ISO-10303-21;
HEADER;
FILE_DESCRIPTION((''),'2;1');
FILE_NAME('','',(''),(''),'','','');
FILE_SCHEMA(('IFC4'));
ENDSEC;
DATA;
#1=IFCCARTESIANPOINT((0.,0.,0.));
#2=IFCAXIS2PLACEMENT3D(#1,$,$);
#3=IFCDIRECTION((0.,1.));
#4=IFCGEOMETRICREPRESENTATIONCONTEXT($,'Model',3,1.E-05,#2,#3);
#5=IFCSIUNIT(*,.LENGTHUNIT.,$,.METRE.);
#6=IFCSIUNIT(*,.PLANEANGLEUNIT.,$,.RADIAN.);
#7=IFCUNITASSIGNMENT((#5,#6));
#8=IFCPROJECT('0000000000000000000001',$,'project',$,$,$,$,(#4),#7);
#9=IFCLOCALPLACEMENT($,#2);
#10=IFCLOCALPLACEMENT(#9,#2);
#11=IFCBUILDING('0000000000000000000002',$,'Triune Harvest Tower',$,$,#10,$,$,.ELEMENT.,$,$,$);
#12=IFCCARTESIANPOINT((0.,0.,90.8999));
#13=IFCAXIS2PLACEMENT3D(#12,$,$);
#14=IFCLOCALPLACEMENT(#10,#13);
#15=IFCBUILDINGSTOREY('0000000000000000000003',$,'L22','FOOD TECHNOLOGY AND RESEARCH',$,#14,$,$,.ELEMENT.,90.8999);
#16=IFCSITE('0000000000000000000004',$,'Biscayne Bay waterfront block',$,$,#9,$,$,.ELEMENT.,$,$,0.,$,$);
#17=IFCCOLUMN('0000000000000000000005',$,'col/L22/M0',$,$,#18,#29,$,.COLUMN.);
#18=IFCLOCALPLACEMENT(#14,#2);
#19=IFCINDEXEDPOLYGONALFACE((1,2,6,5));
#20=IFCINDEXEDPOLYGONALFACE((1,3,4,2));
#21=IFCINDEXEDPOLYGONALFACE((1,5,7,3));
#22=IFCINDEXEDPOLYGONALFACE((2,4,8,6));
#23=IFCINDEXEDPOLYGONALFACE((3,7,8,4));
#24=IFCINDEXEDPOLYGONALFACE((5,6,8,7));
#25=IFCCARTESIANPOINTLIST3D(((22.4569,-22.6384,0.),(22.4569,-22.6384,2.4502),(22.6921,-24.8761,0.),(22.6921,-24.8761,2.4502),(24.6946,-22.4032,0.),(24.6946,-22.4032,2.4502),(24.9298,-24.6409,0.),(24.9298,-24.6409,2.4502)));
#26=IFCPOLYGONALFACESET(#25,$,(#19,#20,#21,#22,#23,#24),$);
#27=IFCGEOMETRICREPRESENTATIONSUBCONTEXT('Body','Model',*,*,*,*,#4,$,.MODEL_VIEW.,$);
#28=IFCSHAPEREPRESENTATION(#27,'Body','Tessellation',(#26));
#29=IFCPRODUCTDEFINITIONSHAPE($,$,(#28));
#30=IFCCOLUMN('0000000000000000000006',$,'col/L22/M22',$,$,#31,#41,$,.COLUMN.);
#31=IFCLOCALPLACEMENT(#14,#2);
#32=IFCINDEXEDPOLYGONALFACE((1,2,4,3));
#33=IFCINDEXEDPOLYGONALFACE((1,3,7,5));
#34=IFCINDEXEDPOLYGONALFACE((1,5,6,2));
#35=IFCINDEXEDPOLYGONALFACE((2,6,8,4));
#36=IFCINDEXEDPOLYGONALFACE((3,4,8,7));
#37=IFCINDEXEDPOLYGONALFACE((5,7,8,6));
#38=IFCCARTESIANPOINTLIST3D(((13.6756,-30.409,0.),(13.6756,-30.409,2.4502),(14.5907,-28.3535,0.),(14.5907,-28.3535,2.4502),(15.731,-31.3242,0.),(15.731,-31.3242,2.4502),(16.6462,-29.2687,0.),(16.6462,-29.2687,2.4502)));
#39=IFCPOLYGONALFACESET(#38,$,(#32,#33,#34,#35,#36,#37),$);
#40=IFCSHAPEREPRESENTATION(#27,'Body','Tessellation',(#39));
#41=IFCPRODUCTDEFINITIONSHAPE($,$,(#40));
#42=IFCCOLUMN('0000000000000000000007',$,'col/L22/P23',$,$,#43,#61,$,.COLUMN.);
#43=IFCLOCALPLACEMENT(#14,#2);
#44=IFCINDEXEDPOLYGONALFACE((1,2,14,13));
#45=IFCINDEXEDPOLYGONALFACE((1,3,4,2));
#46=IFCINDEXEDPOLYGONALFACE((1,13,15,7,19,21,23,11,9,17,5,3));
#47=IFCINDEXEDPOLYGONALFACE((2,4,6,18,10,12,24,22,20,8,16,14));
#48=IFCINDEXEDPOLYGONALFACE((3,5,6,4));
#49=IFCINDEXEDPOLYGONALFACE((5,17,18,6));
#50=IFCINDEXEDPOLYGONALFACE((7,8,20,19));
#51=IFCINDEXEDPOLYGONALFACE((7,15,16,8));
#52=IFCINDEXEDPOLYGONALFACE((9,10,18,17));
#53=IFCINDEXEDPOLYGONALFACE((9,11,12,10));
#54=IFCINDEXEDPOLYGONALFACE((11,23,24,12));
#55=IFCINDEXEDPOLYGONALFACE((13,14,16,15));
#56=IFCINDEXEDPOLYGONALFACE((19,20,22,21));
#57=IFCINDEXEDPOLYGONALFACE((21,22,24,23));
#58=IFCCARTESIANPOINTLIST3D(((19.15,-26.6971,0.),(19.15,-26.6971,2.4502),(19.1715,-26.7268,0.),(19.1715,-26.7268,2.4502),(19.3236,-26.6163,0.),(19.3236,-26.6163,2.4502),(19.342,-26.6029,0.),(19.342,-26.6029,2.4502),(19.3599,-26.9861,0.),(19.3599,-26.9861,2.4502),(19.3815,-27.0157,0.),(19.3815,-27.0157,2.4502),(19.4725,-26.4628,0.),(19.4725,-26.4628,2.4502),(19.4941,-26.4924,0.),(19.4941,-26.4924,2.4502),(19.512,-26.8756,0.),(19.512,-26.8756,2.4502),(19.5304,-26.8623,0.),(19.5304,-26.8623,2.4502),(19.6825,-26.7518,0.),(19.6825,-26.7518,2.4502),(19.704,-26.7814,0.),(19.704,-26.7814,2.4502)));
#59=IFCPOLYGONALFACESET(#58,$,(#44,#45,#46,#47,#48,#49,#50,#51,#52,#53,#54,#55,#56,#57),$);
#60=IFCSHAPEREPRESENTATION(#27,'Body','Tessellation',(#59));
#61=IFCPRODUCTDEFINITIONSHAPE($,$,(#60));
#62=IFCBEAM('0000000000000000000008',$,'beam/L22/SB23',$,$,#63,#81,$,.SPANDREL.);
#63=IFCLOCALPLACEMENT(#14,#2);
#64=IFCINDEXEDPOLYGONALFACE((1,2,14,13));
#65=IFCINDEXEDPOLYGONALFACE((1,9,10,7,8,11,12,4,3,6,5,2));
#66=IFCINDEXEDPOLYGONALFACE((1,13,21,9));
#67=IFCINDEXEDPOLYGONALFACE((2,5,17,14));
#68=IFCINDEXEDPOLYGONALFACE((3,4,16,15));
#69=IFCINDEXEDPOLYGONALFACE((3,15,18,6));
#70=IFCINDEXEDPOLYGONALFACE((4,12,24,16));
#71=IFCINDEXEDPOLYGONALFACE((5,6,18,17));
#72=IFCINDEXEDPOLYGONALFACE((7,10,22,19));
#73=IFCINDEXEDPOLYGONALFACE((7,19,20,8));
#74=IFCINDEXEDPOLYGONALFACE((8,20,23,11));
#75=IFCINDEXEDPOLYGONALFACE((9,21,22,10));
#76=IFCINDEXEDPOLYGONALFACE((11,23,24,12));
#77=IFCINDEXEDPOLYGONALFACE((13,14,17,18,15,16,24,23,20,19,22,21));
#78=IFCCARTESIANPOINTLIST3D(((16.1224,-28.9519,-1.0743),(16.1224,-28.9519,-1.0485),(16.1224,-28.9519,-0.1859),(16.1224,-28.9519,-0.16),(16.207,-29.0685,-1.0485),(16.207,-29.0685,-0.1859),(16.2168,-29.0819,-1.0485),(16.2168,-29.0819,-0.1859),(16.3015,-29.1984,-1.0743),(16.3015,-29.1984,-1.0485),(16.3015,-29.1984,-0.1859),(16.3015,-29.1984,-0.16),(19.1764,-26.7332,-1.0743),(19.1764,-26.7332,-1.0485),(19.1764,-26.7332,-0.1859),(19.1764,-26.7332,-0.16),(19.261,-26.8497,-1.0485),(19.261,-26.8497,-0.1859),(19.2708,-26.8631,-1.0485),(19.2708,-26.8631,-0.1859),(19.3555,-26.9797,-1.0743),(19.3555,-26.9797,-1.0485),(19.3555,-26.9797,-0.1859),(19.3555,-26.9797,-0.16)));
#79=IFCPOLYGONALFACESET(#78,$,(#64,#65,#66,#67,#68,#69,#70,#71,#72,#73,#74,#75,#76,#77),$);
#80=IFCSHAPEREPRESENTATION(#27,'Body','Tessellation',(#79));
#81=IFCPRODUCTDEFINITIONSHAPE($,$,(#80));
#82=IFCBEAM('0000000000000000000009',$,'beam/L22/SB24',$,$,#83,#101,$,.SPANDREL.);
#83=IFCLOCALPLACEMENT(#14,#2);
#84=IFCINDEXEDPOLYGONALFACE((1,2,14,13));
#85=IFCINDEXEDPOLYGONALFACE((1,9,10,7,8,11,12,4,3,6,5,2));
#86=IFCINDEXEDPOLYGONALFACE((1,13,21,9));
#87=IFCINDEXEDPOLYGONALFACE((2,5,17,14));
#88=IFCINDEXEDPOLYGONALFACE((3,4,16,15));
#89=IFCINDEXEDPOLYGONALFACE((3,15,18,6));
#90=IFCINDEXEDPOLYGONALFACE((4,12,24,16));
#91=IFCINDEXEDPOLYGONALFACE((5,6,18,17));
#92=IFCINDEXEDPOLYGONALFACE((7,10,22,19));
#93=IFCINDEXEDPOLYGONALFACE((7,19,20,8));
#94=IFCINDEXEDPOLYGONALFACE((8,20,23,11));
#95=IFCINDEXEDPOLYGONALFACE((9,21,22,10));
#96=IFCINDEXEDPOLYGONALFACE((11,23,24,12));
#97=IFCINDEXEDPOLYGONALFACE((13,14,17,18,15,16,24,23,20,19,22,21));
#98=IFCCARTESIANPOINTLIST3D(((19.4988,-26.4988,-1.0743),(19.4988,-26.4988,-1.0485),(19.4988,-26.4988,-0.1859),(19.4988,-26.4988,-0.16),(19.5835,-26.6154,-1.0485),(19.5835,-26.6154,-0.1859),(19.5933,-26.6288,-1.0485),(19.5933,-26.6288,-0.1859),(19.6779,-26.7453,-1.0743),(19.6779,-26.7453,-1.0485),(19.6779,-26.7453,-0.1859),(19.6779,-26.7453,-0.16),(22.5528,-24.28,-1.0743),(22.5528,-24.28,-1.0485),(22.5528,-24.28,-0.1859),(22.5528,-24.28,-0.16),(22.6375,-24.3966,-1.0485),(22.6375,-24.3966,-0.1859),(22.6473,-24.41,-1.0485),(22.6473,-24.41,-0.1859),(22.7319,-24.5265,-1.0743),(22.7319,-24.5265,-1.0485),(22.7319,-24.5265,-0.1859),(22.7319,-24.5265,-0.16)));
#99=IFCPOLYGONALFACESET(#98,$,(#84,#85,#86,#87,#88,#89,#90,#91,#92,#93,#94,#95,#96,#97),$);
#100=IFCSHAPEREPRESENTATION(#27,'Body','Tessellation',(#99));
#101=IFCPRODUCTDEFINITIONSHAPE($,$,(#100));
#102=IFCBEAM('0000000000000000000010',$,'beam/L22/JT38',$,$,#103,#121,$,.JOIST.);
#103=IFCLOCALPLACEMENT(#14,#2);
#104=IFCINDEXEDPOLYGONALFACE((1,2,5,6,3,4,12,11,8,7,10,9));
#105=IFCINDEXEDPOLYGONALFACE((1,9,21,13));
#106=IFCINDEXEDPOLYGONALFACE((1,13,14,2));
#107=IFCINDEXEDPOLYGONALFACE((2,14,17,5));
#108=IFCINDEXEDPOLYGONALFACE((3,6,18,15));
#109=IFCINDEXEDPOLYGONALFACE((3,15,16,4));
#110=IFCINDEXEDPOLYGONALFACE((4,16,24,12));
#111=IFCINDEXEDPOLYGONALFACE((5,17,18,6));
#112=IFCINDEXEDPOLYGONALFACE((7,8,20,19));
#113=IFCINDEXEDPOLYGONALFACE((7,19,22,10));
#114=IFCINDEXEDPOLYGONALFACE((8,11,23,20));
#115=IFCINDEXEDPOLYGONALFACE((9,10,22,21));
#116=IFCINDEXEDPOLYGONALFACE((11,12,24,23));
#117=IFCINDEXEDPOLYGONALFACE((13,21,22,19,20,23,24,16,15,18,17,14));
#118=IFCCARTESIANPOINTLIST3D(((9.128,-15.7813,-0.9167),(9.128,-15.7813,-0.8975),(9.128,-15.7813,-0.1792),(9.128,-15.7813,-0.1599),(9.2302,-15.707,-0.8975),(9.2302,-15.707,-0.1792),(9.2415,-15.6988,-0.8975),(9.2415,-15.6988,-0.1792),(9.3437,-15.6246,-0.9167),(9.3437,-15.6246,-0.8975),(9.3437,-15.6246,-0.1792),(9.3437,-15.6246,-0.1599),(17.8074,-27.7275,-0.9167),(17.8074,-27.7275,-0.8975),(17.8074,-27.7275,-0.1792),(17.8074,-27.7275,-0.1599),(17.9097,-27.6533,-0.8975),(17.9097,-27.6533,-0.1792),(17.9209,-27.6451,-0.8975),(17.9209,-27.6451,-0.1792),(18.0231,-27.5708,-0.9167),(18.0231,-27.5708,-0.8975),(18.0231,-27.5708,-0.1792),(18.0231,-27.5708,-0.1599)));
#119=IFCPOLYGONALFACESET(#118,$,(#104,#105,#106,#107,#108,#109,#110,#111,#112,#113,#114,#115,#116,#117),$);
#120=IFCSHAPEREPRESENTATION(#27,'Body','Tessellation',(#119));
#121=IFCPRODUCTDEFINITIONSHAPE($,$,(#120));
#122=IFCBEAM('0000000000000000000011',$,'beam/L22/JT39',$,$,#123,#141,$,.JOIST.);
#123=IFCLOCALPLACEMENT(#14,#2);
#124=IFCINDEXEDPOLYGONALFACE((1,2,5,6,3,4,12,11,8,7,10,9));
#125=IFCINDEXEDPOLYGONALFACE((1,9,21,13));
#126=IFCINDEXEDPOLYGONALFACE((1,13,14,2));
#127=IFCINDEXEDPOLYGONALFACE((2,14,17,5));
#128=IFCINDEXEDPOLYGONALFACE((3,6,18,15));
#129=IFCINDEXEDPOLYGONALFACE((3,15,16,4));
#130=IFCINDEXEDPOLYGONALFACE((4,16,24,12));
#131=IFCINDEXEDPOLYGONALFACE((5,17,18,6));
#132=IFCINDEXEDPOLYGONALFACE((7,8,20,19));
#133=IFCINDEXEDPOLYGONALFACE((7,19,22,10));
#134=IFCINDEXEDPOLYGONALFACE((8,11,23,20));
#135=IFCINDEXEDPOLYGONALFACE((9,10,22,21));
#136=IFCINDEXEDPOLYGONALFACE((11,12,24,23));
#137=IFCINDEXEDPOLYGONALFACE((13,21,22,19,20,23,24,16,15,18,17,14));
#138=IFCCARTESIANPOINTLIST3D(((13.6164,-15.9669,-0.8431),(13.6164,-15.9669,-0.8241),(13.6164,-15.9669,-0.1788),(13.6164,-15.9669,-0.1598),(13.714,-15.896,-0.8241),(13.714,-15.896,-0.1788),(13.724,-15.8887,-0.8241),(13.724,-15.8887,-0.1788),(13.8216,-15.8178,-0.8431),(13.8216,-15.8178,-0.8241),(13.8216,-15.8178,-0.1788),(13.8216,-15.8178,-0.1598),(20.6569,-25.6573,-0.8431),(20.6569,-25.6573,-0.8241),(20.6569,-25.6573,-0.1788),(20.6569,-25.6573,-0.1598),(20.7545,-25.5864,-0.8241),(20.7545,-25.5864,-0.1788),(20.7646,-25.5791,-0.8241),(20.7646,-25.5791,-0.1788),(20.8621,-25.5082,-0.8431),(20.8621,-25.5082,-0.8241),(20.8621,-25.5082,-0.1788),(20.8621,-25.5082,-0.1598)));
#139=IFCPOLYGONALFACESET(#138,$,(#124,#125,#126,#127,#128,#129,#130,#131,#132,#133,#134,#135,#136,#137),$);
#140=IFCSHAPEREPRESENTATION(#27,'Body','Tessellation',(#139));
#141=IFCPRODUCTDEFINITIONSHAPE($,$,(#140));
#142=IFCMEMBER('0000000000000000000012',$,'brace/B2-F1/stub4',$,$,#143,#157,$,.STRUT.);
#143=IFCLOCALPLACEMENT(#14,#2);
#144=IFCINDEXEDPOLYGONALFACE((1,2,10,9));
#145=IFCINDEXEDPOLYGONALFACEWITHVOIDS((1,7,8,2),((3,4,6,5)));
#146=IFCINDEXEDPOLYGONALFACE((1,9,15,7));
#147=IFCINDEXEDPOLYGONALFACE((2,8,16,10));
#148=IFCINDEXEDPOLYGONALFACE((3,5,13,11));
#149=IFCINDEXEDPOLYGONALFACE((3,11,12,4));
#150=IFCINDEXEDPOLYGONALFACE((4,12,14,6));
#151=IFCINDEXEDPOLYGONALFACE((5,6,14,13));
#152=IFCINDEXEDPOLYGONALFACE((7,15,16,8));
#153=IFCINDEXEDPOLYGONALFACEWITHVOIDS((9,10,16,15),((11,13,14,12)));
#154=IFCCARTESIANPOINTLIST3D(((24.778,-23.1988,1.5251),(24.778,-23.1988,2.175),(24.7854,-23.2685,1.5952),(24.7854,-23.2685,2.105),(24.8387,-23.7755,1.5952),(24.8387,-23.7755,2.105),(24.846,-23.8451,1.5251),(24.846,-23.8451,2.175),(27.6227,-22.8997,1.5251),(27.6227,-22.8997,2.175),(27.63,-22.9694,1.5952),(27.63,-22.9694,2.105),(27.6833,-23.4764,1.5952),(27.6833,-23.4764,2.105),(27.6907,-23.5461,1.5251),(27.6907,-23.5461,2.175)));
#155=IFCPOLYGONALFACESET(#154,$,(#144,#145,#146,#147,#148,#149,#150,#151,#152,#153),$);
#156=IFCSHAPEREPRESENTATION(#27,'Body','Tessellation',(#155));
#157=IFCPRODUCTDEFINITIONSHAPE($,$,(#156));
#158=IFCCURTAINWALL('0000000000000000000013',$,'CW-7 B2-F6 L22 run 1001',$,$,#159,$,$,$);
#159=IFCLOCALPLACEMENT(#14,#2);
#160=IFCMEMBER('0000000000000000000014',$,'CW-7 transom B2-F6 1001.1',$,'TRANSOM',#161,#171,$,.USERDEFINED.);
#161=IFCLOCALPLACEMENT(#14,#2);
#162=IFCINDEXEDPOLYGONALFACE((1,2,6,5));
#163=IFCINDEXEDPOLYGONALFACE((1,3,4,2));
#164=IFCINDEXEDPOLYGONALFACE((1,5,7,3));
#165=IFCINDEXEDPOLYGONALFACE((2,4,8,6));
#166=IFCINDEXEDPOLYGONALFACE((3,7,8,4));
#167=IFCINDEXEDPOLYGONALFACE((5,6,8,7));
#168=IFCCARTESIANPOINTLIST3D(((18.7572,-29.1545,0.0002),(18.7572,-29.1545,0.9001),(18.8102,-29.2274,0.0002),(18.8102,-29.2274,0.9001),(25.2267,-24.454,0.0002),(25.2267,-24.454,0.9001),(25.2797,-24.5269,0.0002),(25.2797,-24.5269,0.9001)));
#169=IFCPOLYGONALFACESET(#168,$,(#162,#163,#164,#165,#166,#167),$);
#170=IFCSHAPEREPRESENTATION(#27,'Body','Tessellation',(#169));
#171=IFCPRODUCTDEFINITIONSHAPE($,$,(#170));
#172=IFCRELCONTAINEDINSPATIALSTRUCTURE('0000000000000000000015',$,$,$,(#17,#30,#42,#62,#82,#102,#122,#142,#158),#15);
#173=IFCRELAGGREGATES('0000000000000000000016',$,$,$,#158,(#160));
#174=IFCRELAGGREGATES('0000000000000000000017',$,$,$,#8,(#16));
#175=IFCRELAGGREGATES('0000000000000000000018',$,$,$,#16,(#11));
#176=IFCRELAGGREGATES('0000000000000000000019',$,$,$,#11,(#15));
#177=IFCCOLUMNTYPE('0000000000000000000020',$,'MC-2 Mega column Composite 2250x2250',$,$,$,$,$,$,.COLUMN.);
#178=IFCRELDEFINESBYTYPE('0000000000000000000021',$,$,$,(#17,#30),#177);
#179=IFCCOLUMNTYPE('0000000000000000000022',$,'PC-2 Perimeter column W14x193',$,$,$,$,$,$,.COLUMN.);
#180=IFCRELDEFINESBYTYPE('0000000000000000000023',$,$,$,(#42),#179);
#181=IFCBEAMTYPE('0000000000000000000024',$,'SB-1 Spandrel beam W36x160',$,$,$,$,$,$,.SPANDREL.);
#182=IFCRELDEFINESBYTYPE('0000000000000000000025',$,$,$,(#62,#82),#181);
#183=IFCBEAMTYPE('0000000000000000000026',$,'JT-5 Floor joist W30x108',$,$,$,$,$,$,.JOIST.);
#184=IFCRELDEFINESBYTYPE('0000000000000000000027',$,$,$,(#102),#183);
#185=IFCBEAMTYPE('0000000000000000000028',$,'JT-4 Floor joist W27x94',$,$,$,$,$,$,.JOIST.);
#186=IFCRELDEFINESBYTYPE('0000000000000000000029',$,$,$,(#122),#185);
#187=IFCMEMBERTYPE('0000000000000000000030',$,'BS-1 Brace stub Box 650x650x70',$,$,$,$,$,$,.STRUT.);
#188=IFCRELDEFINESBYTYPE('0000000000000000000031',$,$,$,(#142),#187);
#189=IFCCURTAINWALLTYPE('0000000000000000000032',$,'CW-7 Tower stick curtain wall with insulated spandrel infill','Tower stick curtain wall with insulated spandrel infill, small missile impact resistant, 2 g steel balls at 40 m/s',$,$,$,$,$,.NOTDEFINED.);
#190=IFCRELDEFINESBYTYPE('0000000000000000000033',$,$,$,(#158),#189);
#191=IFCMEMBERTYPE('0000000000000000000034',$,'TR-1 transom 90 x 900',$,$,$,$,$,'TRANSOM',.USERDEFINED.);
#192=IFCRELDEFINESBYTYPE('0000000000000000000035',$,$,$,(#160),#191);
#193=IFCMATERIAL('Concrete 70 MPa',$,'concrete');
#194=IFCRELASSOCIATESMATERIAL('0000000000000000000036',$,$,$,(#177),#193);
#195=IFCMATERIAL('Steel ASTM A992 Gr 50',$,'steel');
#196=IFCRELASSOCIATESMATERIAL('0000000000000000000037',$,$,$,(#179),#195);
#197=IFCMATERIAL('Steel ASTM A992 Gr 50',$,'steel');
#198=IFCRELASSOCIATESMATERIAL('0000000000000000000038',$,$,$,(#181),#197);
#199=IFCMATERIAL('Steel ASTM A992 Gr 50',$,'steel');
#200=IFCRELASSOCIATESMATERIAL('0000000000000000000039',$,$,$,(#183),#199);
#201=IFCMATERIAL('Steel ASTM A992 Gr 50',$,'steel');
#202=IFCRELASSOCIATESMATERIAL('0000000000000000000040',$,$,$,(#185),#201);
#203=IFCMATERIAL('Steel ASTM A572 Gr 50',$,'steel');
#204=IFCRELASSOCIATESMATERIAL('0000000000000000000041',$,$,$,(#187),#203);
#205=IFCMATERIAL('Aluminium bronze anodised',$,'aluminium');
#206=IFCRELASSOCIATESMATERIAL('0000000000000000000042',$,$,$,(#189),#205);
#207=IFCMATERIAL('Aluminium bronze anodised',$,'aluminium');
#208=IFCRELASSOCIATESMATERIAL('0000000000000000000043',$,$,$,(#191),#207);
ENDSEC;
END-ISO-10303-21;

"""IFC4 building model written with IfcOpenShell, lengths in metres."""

from ifc_helpers import new_model, si_unit, direction, frame, origin, origin_2d, place, context, subcontext, project, spatial, rectangle, hollow_rectangle, i_section, extrude, source, transform, mapped, material, material_profile, profile_set, type_object, element, aggregate, save


model = new_model("IFC4")

# Units and contexts
model_context = context("Model", 3, precision=1e-05, world=origin(), true_north=direction((0.0, 1.0)))
body_context = subcontext(model_context, "Body", "Model", "MODEL_VIEW")
ifc_project = project(units=[si_unit("LENGTHUNIT", "METRE"), si_unit("PLANEANGLEUNIT", "RADIAN")], contexts=[model_context])

# Site, building, storey
site_placement = place(None, origin())
site = spatial("IfcSite", under=ifc_project, at=site_placement, Name="Biscayne Bay waterfront block", CompositionType="ELEMENT", RefElevation=0.0)
building_placement = place(site_placement, origin())
building = spatial("IfcBuilding", under=site, at=building_placement, Name="Triune Harvest Tower", CompositionType="ELEMENT")
storey_placement = place(building_placement, frame((0.0, 0.0, 90.8999)))
storey = spatial("IfcBuildingStorey", under=building, at=storey_placement, Name="L22", Description="FOOD TECHNOLOGY AND RESEARCH", CompositionType="ELEMENT", Elevation=90.8999)

# Columns
ifc_material_1 = material(Name="Concrete 70 MPa", Category="concrete")
ifc_material_profile_1 = material_profile(ifc_material_1, rectangle(XDim=2.25, YDim=2.25, at=origin_2d()), Name="Composite 2250x2250")
ifc_profile_set_1 = profile_set([ifc_material_profile_1], Name="Concrete 70 MPa")
column_type_1 = type_object("IfcColumnType", Name="MC-2 Mega column Composite 2250x2250", PredefinedType="COLUMN", material=ifc_profile_set_1)
shared_shape_1 = source(origin(), body_context, "Body", "SweptSolid", [
    extrude(rectangle(XDim=2.25, YDim=2.25, at=origin_2d()), origin(), (0.0, 0.0, 1.0), 2.4502),
])
for number, where, z_axis, x_axis, name in (
    (1, (23.6934, -23.6396, 0.0), (0.0, 0.0, 1.0), (-0.104527, 0.994522, 0.0), "col/L22/M0"),
    (2, (15.1609, -29.8389, 0.0), (0.0, 0.0, 1.0), (0.913545, -0.406737, 0.0), "col/L22/M22"),
):
    element("IfcColumn", number, at=place(storey_placement, frame(where, z_axis=z_axis, x_axis=x_axis)), inside=storey, type_object=column_type_1, Name=name, PredefinedType="COLUMN", context=body_context, shape_type="MappedRepresentation", body=[
        mapped(shared_shape_1, transform((0.0, 0.0, 0.0), scale=1.0)),
    ])
ifc_material_2 = material(Name="Steel ASTM A992 Gr 50", Category="steel")
ifc_material_profile_2 = material_profile(ifc_material_2, i_section(OverallWidth=0.3987, OverallDepth=0.3938, WebThickness=0.0227, FlangeThickness=0.0366, at=origin_2d()), Name="W14x193")
ifc_profile_set_2 = profile_set([ifc_material_profile_2], Name="Steel ASTM A992 Gr 50")
column_type_2 = type_object("IfcColumnType", Name="PC-2 Perimeter column W14x193", PredefinedType="COLUMN", material=ifc_profile_set_2)
shared_shape_2 = source(origin(), body_context, "Body", "SweptSolid", [
    extrude(i_section(OverallWidth=0.3987, OverallDepth=0.3938, WebThickness=0.0227, FlangeThickness=0.0366, at=origin_2d()), origin(), (0.0, 0.0, 1.0), 2.4502),
])
column_placement = place(storey_placement, frame((19.427, -26.7393, 0.0), z_axis=(0.0, 0.0, 1.0), x_axis=(0.809015, 0.587788, 0.0)))
element("IfcColumn", 3, at=column_placement, inside=storey, type_object=column_type_2, Name="col/L22/P23", PredefinedType="COLUMN", context=body_context, shape_type="MappedRepresentation", body=[
    mapped(shared_shape_2, transform((0.0, 0.0, 0.0), scale=1.0)),
])

# Beams
ifc_material_3 = material(Name="Steel ASTM A992 Gr 50", Category="steel")
ifc_material_profile_3 = material_profile(ifc_material_3, i_section(OverallWidth=0.3047, OverallDepth=0.9143, WebThickness=0.0166, FlangeThickness=0.0259, at=origin_2d()), Name="W36x160")
ifc_profile_set_3 = profile_set([ifc_material_profile_3], Name="Steel ASTM A992 Gr 50")
beam_type_1 = type_object("IfcBeamType", Name="SB-1 Spandrel beam W36x160", PredefinedType="SPANDREL", material=ifc_profile_set_3)
shared_shape_3 = source(origin(), body_context, "Body", "SweptSolid", [
    extrude(i_section(OverallWidth=0.3047, OverallDepth=0.9143, WebThickness=0.0166, FlangeThickness=0.0259, at=origin_2d()), origin(), (0.0, 0.0, 1.0), 3.7749),
])
for number, where, z_axis, x_axis, name in (
    (4, (16.2119, -29.0752, -0.6172), (0.809027, 0.587772, 0.0), (-0.587772, 0.809027, 0.0), "beam/L22/SB23"),
    (5, (19.5884, -26.6221, -0.6172), (0.809027, 0.587772, 0.0), (-0.587772, 0.809027, 0.0), "beam/L22/SB24"),
):
    element("IfcBeam", number, at=place(storey_placement, frame(where, z_axis=z_axis, x_axis=x_axis)), inside=storey, type_object=beam_type_1, Name=name, PredefinedType="SPANDREL", context=body_context, shape_type="MappedRepresentation", body=[
        mapped(shared_shape_3, transform((0.0, 0.0, 0.0), scale=1.0)),
    ])
ifc_material_4 = material(Name="Steel ASTM A992 Gr 50", Category="steel")
ifc_material_profile_4 = material_profile(ifc_material_4, i_section(OverallWidth=0.2666, OverallDepth=0.7568, WebThickness=0.0139, FlangeThickness=0.0193, at=origin_2d()), Name="W30x108")
ifc_profile_set_4 = profile_set([ifc_material_profile_4], Name="Steel ASTM A992 Gr 50")
beam_type_2 = type_object("IfcBeamType", Name="JT-5 Floor joist W30x108", PredefinedType="JOIST", material=ifc_profile_set_4)
shared_shape_4 = source(origin(), body_context, "Body", "SweptSolid", [
    extrude(i_section(OverallWidth=0.2666, OverallDepth=0.7568, WebThickness=0.0139, FlangeThickness=0.0193, at=origin_2d()), origin(), (0.0, 0.0, 1.0), 14.7664),
])
beam_1_placement = place(storey_placement, frame((17.9153, -27.6492, -0.5383), z_axis=(-0.587783, 0.809018, 0.0), x_axis=(-0.809018, -0.587783, 0.0)))
element("IfcBeam", 6, at=beam_1_placement, inside=storey, type_object=beam_type_2, Name="beam/L22/JT38", PredefinedType="JOIST", context=body_context, shape_type="MappedRepresentation", body=[
    mapped(shared_shape_4, transform((0.0, 0.0, 0.0), scale=1.0)),
])
ifc_material_5 = material(Name="Steel ASTM A992 Gr 50", Category="steel")
ifc_material_profile_5 = material_profile(ifc_material_5, i_section(OverallWidth=0.2537, OverallDepth=0.6833, WebThickness=0.0125, FlangeThickness=0.019, at=origin_2d()), Name="W27x94")
ifc_profile_set_5 = profile_set([ifc_material_profile_5], Name="Steel ASTM A992 Gr 50")
beam_type_3 = type_object("IfcBeamType", Name="JT-4 Floor joist W27x94", PredefinedType="JOIST", material=ifc_profile_set_5)
shared_shape_5 = source(origin(), body_context, "Body", "SweptSolid", [
    extrude(i_section(OverallWidth=0.2537, OverallDepth=0.6833, WebThickness=0.0125, FlangeThickness=0.019, at=origin_2d()), origin(), (0.0, 0.0, 1.0), 11.978),
])
beam_2_placement = place(storey_placement, frame((20.7595, -25.5828, -0.5015), z_axis=(-0.587786, 0.809016, 0.0), x_axis=(-0.809016, -0.587786, 0.0)))
element("IfcBeam", 7, at=beam_2_placement, inside=storey, type_object=beam_type_3, Name="beam/L22/JT39", PredefinedType="JOIST", context=body_context, shape_type="MappedRepresentation", body=[
    mapped(shared_shape_5, transform((0.0, 0.0, 0.0), scale=1.0)),
])

# Member
ifc_material_6 = material(Name="Steel ASTM A572 Gr 50", Category="steel")
ifc_material_profile_6 = material_profile(ifc_material_6, hollow_rectangle(XDim=0.6499, YDim=0.6499, WallThickness=0.0701, at=origin_2d()), Name="Box 650x650x70")
ifc_profile_set_6 = profile_set([ifc_material_profile_6], Name="Steel ASTM A572 Gr 50")
member_type_1 = type_object("IfcMemberType", Name="BS-1 Brace stub Box 650x650x70", PredefinedType="STRUT", material=ifc_profile_set_6)
shared_shape_6 = source(origin(), body_context, "Body", "SweptSolid", [
    extrude(hollow_rectangle(XDim=0.6499, YDim=0.6499, WallThickness=0.0701, at=origin_2d()), origin(), (0.0, 0.0, 1.0), 2.8604),
])
member_1_placement = place(storey_placement, frame((24.812, -23.522, 1.8501), z_axis=(0.994519, 0.104556, 0.0), x_axis=(-0.104556, 0.994519, 0.0)))
element("IfcMember", 8, at=member_1_placement, inside=storey, type_object=member_type_1, Name="brace/B2-F1/stub4", PredefinedType="STRUT", context=body_context, shape_type="MappedRepresentation", body=[
    mapped(shared_shape_6, transform((0.0, 0.0, 0.0), scale=1.0)),
])

# Curtain wall, member
ifc_material_7 = material(Name="Aluminium bronze anodised", Category="aluminium")
curtain_wall_type_1 = type_object("IfcCurtainWallType", Name="CW-7 Tower stick curtain wall with insulated spandrel infill", Description="Tower stick curtain wall with insulated spandrel infill, small missile impact resistant, 2 g steel balls at 40 m/s", PredefinedType="NOTDEFINED", material=ifc_material_7)
curtain_wall_1_placement = place(storey_placement, origin())
curtain_wall_1 = element("IfcCurtainWall", 9, at=curtain_wall_1_placement, inside=storey, type_object=curtain_wall_type_1, Name="CW-7 B2-F6 L22 run 1001")
ifc_material_8 = material(Name="Aluminium bronze anodised", Category="aluminium")
ifc_material_profile_7 = material_profile(ifc_material_8, rectangle(XDim=0.0901, YDim=0.8999, at=origin_2d()), Name="TR-1 transom 90 x 900")
ifc_profile_set_7 = profile_set([ifc_material_profile_7], Name="Aluminium bronze anodised")
member_type_2 = type_object("IfcMemberType", Name="TR-1 transom 90 x 900", ElementType="TRANSOM", PredefinedType="USERDEFINED", material=ifc_profile_set_7)
shared_shape_7 = source(origin(), body_context, "Body", "SweptSolid", [
    extrude(rectangle(XDim=0.0901, YDim=0.8999, at=origin_2d()), origin(), (0.0, 0.0, 1.0), 7.9968),
])
member_2_placement = place(storey_placement, frame((18.7837, -29.1909, 0.4502), z_axis=(0.809012, 0.587792, 0.0), x_axis=(-0.587792, 0.809012, 0.0)))
member_2 = element("IfcMember", 10, at=member_2_placement, type_object=member_type_2, Name="CW-7 transom B2-F6 1001.1", ObjectType="TRANSOM", PredefinedType="USERDEFINED", context=body_context, shape_type="MappedRepresentation", body=[
    mapped(shared_shape_7, transform((0.0, 0.0, 0.0), scale=1.0)),
])

aggregate(curtain_wall_1, [member_2])

save(model, "model.ifc")
